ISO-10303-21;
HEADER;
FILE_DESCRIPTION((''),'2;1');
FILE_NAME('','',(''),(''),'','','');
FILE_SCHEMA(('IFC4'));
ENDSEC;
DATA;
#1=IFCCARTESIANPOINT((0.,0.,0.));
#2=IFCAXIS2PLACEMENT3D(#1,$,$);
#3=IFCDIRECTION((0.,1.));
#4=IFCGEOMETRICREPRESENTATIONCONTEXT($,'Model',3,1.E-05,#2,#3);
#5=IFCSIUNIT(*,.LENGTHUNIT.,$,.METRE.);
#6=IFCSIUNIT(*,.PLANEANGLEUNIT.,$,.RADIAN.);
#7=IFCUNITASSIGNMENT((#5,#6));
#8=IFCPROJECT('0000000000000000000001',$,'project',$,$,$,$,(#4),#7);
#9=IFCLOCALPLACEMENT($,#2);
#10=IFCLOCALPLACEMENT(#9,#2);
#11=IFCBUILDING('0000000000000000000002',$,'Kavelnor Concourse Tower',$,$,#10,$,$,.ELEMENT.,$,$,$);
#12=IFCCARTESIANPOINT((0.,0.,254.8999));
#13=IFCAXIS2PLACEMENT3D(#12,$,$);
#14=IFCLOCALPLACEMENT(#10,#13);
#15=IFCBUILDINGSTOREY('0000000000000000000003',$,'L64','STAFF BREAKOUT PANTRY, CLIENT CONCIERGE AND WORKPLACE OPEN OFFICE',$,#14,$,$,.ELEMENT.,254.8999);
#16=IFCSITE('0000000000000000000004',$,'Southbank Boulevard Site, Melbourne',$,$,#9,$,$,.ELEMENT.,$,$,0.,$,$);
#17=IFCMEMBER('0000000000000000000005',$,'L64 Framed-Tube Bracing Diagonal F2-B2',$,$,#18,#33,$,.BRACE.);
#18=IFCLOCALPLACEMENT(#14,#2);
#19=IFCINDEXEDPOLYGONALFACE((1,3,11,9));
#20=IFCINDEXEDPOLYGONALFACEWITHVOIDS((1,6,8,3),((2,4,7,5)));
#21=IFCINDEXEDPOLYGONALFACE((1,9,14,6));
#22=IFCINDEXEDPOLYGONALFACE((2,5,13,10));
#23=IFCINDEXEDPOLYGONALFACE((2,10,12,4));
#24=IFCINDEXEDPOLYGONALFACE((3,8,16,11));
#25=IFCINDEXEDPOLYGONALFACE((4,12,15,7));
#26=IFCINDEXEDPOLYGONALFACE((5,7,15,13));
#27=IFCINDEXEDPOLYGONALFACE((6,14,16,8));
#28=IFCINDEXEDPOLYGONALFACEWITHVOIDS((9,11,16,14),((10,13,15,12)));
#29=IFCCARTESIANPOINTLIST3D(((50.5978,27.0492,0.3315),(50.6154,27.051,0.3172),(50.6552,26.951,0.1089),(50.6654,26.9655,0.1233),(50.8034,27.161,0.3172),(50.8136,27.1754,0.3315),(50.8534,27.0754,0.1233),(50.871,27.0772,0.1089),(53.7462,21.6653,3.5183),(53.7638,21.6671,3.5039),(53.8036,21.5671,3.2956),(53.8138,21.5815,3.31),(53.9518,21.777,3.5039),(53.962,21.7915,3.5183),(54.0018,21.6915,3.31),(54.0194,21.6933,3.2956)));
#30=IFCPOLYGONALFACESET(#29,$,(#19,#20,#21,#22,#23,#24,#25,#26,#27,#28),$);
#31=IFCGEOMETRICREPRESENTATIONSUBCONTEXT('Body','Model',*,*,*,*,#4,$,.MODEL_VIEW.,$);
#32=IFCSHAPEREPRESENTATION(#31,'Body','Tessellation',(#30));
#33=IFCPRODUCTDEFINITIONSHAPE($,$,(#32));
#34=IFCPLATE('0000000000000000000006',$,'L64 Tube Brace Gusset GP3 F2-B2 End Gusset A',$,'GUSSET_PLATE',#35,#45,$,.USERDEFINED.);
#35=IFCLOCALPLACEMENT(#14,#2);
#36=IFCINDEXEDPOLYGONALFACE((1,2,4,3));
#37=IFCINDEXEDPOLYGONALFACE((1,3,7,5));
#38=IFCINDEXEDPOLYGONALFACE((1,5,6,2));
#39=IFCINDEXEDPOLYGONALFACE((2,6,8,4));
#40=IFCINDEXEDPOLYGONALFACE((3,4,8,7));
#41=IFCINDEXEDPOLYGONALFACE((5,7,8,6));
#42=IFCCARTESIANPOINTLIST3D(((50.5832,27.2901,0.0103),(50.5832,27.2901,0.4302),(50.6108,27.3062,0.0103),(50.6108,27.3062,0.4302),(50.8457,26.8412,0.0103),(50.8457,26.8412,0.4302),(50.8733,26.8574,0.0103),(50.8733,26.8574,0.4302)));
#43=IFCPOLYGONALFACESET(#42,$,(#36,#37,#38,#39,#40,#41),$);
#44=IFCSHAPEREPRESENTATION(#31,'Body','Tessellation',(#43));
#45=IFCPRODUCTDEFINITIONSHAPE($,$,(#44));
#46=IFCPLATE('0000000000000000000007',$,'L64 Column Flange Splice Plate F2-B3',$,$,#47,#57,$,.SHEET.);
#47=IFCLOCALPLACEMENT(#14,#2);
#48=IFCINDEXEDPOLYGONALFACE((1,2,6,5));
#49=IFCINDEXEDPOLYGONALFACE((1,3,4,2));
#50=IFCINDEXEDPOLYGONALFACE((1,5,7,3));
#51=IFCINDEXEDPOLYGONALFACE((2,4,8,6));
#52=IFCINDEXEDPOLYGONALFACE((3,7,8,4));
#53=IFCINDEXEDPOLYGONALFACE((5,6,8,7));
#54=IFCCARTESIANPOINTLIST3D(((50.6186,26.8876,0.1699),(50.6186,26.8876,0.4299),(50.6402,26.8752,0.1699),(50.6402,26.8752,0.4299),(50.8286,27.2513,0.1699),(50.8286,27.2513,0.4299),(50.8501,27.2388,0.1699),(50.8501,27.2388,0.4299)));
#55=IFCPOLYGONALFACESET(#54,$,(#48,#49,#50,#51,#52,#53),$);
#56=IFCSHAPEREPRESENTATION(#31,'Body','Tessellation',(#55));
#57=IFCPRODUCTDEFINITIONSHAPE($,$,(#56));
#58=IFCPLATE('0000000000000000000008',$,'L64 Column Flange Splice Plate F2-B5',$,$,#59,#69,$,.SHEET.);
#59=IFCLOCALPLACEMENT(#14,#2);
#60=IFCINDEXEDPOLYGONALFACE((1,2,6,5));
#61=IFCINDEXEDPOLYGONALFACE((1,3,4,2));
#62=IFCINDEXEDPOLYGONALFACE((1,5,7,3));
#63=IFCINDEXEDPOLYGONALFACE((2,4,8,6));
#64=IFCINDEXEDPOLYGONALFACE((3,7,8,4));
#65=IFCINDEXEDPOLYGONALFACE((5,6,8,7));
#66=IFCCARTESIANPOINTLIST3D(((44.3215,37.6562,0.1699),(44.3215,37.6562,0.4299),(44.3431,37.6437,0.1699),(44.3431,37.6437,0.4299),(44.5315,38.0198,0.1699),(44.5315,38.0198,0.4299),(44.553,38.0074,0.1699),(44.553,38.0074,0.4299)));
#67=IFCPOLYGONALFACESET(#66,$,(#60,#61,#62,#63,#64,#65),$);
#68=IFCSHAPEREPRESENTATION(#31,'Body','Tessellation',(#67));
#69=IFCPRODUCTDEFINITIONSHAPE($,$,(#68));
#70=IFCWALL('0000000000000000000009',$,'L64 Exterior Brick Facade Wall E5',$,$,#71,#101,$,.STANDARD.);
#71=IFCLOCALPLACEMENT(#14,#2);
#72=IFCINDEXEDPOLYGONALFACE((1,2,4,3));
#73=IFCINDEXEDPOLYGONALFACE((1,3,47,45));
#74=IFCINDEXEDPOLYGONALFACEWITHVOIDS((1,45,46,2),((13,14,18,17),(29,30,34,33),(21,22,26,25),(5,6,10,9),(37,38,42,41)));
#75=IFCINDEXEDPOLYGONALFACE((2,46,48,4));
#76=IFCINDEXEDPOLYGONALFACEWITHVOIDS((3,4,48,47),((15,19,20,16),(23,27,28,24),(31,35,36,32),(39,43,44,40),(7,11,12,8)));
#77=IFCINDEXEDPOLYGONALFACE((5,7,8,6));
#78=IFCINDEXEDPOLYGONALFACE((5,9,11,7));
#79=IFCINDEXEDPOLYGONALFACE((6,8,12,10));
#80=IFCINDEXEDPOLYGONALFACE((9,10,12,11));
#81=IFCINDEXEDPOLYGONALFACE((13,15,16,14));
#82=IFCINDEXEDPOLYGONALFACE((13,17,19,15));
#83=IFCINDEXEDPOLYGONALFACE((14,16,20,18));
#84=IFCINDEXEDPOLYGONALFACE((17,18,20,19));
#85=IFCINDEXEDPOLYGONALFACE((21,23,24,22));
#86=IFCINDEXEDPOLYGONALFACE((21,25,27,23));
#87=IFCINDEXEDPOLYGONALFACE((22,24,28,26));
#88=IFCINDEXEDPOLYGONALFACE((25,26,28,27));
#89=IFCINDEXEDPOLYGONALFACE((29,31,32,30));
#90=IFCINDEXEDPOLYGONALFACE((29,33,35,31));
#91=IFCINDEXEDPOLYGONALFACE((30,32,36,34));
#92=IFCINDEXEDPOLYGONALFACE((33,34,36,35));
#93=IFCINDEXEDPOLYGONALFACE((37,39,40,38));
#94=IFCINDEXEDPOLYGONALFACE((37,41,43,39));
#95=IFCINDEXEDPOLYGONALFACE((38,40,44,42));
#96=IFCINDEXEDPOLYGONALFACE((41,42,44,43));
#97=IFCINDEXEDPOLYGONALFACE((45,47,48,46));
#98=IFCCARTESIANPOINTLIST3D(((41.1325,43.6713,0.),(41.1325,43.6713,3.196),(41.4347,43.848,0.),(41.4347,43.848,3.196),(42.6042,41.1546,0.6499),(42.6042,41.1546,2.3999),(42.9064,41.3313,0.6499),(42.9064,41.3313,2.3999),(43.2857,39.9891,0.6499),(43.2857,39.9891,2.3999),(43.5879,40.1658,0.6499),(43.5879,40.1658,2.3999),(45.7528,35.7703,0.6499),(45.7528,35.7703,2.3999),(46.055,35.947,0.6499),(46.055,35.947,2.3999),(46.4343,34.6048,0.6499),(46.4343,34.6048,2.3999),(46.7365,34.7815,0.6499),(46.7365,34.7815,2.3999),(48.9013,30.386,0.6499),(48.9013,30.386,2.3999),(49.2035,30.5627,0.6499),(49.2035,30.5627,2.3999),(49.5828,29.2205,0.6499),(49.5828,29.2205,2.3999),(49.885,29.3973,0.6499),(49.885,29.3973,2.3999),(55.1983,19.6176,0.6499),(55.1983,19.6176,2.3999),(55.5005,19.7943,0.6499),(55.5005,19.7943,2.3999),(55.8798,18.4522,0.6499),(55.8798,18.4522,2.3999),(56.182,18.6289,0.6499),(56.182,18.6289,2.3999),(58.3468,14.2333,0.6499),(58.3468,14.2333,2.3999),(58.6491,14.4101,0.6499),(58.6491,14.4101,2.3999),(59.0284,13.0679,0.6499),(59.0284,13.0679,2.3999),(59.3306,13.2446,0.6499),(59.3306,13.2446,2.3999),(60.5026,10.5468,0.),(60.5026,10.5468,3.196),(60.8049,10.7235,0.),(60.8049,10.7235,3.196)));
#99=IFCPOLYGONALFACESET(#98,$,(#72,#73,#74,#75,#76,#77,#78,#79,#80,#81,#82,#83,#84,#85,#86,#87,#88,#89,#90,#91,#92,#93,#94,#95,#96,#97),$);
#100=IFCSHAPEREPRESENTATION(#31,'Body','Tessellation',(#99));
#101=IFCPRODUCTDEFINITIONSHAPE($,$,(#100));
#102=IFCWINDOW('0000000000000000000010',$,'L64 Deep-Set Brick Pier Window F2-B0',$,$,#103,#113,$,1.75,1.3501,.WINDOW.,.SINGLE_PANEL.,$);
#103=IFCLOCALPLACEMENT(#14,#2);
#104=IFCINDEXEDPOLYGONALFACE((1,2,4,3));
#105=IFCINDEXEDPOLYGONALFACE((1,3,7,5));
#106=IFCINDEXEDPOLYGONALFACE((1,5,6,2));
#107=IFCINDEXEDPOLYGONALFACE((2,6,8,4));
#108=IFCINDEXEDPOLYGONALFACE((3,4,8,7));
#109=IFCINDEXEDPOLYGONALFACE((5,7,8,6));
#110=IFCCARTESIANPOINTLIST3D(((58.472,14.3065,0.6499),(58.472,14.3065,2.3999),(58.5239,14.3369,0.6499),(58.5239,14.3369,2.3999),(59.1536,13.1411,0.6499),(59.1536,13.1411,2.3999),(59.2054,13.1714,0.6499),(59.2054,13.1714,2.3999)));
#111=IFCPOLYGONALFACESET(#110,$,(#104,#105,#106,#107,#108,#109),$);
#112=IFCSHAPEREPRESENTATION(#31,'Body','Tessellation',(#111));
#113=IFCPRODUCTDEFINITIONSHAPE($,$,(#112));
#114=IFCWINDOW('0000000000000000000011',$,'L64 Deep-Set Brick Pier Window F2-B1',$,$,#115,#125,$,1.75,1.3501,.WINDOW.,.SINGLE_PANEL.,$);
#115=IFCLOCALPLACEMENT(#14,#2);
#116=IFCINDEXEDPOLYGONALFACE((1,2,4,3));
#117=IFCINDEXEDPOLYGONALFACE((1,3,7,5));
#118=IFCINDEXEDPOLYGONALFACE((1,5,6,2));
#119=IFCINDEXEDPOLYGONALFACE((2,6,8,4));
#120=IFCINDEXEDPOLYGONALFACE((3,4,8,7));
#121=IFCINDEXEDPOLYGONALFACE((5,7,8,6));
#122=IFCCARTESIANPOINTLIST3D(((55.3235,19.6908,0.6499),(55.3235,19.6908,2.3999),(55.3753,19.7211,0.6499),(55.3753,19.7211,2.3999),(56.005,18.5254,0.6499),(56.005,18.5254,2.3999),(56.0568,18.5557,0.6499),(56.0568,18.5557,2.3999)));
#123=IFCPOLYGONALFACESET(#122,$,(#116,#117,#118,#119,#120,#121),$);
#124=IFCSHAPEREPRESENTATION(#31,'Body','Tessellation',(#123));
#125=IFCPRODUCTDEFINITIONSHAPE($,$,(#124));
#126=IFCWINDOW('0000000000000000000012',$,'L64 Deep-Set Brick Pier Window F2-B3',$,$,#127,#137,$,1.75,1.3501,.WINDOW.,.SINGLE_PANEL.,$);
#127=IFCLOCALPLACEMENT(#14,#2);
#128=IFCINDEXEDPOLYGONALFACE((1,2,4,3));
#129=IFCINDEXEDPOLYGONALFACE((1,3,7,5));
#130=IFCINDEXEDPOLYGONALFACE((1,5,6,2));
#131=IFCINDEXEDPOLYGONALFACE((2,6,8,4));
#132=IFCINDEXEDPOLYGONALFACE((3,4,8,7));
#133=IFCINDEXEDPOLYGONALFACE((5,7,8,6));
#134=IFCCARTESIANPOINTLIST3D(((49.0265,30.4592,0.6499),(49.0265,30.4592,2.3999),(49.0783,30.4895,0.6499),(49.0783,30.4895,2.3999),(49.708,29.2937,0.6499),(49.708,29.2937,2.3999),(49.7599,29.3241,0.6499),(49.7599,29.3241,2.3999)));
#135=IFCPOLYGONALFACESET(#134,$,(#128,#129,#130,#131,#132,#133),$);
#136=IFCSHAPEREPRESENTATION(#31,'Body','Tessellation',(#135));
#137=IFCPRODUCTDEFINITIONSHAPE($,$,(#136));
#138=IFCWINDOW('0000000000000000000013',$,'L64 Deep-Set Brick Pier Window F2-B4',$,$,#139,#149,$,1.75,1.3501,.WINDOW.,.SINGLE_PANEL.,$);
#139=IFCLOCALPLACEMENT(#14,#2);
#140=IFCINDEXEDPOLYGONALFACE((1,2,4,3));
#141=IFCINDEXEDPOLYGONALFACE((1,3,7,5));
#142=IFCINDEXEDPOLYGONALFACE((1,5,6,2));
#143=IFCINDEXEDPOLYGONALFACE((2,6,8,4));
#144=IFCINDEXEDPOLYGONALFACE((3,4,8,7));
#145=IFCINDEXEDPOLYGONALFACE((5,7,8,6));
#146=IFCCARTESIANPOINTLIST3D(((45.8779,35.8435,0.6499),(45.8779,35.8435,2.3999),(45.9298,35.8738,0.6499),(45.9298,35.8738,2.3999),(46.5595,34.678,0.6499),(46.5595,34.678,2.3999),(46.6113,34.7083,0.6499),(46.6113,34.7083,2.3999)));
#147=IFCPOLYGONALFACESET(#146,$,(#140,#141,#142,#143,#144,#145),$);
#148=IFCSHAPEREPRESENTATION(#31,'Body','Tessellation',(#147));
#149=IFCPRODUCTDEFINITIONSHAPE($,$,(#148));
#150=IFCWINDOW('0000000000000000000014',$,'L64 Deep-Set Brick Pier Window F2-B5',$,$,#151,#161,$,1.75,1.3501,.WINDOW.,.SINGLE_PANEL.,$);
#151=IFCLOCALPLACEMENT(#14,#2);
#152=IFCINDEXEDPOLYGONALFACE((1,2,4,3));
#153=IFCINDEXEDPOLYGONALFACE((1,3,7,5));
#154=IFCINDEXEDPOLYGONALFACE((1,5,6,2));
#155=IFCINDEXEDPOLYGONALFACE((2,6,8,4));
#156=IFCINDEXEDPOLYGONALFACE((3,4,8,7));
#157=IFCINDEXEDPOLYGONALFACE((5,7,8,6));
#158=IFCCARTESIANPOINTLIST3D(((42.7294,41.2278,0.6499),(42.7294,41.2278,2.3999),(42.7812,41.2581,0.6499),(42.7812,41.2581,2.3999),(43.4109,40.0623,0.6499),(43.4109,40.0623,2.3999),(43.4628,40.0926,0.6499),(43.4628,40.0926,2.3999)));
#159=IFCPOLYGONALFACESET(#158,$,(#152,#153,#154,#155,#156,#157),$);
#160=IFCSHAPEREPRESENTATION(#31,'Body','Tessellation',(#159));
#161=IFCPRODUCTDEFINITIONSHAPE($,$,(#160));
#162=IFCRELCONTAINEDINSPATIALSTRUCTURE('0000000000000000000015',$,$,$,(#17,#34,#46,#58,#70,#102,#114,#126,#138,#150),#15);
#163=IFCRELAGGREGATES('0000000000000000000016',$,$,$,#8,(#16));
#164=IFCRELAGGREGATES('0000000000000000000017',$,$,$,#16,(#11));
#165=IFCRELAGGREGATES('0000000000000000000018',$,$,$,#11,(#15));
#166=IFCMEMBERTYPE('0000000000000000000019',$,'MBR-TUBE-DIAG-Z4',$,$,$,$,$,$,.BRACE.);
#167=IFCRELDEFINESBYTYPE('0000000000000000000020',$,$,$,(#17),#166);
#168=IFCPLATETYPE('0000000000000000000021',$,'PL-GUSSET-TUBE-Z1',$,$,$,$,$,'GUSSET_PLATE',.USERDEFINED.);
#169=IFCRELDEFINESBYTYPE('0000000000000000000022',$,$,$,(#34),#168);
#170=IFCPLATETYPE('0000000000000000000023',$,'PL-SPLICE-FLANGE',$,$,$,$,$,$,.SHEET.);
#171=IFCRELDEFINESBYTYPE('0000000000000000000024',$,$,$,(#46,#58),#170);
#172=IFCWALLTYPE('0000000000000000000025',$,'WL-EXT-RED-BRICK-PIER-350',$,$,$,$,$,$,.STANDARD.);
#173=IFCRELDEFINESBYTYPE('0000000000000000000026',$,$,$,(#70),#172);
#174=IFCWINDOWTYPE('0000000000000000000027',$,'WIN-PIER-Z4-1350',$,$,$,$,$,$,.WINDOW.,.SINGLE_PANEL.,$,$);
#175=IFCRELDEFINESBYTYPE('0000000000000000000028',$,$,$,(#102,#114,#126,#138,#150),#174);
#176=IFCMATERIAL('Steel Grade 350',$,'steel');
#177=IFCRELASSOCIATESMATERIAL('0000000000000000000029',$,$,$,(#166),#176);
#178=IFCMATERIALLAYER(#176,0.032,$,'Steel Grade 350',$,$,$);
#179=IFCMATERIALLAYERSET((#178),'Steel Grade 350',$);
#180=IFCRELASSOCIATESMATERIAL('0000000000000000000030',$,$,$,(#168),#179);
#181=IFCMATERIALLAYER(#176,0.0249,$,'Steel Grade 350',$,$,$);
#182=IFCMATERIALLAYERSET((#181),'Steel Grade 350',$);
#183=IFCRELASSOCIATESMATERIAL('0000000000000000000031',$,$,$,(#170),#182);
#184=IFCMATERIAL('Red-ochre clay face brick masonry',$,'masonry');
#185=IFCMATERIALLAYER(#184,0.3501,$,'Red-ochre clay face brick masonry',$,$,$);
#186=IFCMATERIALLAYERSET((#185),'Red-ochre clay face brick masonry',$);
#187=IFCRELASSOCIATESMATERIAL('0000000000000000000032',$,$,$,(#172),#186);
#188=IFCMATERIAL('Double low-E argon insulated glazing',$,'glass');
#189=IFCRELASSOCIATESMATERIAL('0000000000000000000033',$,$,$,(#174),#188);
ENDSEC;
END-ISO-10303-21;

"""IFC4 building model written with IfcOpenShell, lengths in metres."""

from ifc_helpers import new_model, si_unit, direction, frame, frame_2d, origin, origin_2d, place, context, subcontext, project, spatial, rectangle, hollow_rectangle, extrude, material, layer, layer_set, material_profile, profile_set, type_object, element, fill, save


model = new_model("IFC4")

# Units and contexts
model_context = context("Model", 3, precision=1e-05, world=origin(), true_north=direction((0.0, 1.0)))
body_context = subcontext(model_context, "Body", "Model", "MODEL_VIEW")
ifc_project = project(units=[si_unit("LENGTHUNIT", "METRE"), si_unit("PLANEANGLEUNIT", "RADIAN")], contexts=[model_context])

# Site, building, storey
site_placement = place(None, origin())
site = spatial("IfcSite", under=ifc_project, at=site_placement, Name="Southbank Boulevard Site, Melbourne", CompositionType="ELEMENT", RefElevation=0.0)
building_placement = place(site_placement, origin())
building = spatial("IfcBuilding", under=site, at=building_placement, Name="Kavelnor Concourse Tower", CompositionType="ELEMENT")
storey_placement = place(building_placement, frame((0.0, 0.0, 254.8999)))
storey = spatial("IfcBuildingStorey", under=building, at=storey_placement, Name="L64", Description="STAFF BREAKOUT PANTRY, CLIENT CONCIERGE AND WORKPLACE OPEN OFFICE", CompositionType="ELEMENT", Elevation=254.8999)

# Shared definitions
ifc_material_1 = material(Name="Steel Grade 350", Category="steel")

# Member
ifc_material_profile_1 = material_profile(ifc_material_1, hollow_rectangle(XDim=0.25, YDim=0.25, WallThickness=0.0161, at=origin_2d()), Name="SHS 250x250x16")
ifc_profile_set_1 = profile_set([ifc_material_profile_1], Name="Steel Grade 350")
member_type = type_object("IfcMemberType", Name="MBR-TUBE-DIAG-Z4", PredefinedType="BRACE", material=ifc_profile_set_1)
member_placement = place(storey_placement, frame((50.7344, 27.0632, 0.2202), z_axis=(0.44952, -0.768709, 0.454993), x_axis=(0.863237, 0.504798, 0.0)))
element("IfcMember", 1, at=member_placement, inside=storey, type_object=member_type, Name="L64 Framed-Tube Bracing Diagonal F2-B2", PredefinedType="BRACE", context=body_context, shape_type="SweptSolid", body=[
    extrude(hollow_rectangle(XDim=0.25, YDim=0.25, WallThickness=0.0161, at=origin_2d()), origin(), (0.0, 0.0, 1.0), 7.0039),
])

# Plates
ifc_layer_1 = layer(ifc_material_1, 0.032, Name="Steel Grade 350")
ifc_layer_set_1 = layer_set([ifc_layer_1], Name="Steel Grade 350")
plate_type_1 = type_object("IfcPlateType", Name="PL-GUSSET-TUBE-Z1", ElementType="GUSSET_PLATE", PredefinedType="USERDEFINED", material=ifc_layer_set_1)
plate_placement = place(storey_placement, frame((50.7283, 27.0737, 0.0103), z_axis=(0.0, 0.0, 1.0), x_axis=(0.504829, -0.863219, 0.0)))
element("IfcPlate", 2, at=plate_placement, inside=storey, type_object=plate_type_1, Name="L64 Tube Brace Gusset GP3 F2-B2 End Gusset A", ObjectType="GUSSET_PLATE", PredefinedType="USERDEFINED", context=body_context, shape_type="SweptSolid", body=[
    extrude(rectangle(XDim=0.52, YDim=0.032, at=origin_2d()), origin(), (0.0, 0.0, 1.0), 0.4199),
])
ifc_layer_2 = layer(ifc_material_1, 0.0249, Name="Steel Grade 350")
ifc_layer_set_2 = layer_set([ifc_layer_2], Name="Steel Grade 350")
plate_type_2 = type_object("IfcPlateType", Name="PL-SPLICE-FLANGE", PredefinedType="SHEET", material=ifc_layer_set_2)
for number, where, z_axis, x_axis, name in (
    (3, (50.7344, 27.0632, 0.1699), (0.0, 0.0, 1.0), (-0.5, -0.866025, 0.0), "L64 Column Flange Splice Plate F2-B3"),
    (4, (44.4373, 37.8318, 0.1699), (0.0, 0.0, 1.0), (-0.5, -0.866025, 0.0), "L64 Column Flange Splice Plate F2-B5"),
):
    element("IfcPlate", number, at=place(storey_placement, frame(where, z_axis=z_axis, x_axis=x_axis)), inside=storey, type_object=plate_type_2, Name=name, PredefinedType="SHEET", context=body_context, shape_type="SweptSolid", body=[
        extrude(rectangle(XDim=0.4199, YDim=0.0249, at=origin_2d()), origin(), (0.0, 0.0, 1.0), 0.26),
    ])

# Wall, openings, windows
ifc_material_2 = material(Name="Red-ochre clay face brick masonry", Category="masonry")
ifc_layer_3 = layer(ifc_material_2, 0.3501, Name="Red-ochre clay face brick masonry")
ifc_layer_set_3 = layer_set([ifc_layer_3], Name="Red-ochre clay face brick masonry")
wall_type_1 = type_object("IfcWallType", Name="WL-EXT-RED-BRICK-PIER-350", PredefinedType="STANDARD", material=ifc_layer_set_3)
wall_1_placement = place(storey_placement, frame((41.2837, 43.7595, 0.0), z_axis=(0.0, 0.0, 1.0), x_axis=(0.504794, -0.86324, 0.0)))
wall_1 = element("IfcWall", 5, at=wall_1_placement, inside=storey, type_object=wall_type_1, Name="L64 Exterior Brick Facade Wall E5", PredefinedType="STANDARD", context=body_context, shape_type="SweptSolid", body=[
    extrude(rectangle(XDim=38.3723, YDim=0.3501, at=frame_2d((19.186, 0.0))), origin(), (0.0, 0.0, 1.0), 3.196),
])
opening_1_placement = place(wall_1_placement, frame((34.1016, 0.0, 0.6499)))
opening_1 = element("IfcOpeningElement", 6, at=opening_1_placement, cuts=wall_1, PredefinedType="OPENING", context=body_context, shape_type="SweptSolid", body=[
    extrude(rectangle(XDim=1.3501, YDim=1.75, at=frame_2d((0.675, 0.875))), frame((0.0, 0.1851, 0.0), z_axis=(0.0, -1.0, 0.0), x_axis=(1.0, 0.0, 0.0)), (0.0, 0.0, 1.0), 0.3701),
])
opening_2_placement = place(wall_1_placement, frame((27.8643, 0.0, 0.6499)))
opening_2 = element("IfcOpeningElement", 7, at=opening_2_placement, cuts=wall_1, PredefinedType="OPENING", context=body_context, shape_type="SweptSolid", body=[
    extrude(rectangle(XDim=1.3501, YDim=1.75, at=frame_2d((0.675, 0.875))), frame((0.0, 0.1851, 0.0), z_axis=(0.0, -1.0, 0.0), x_axis=(1.0, 0.0, 0.0)), (0.0, 0.0, 1.0), 0.3701),
])
opening_3_placement = place(wall_1_placement, frame((15.3899, 0.0, 0.6499)))
opening_3 = element("IfcOpeningElement", 8, at=opening_3_placement, cuts=wall_1, PredefinedType="OPENING", context=body_context, shape_type="SweptSolid", body=[
    extrude(rectangle(XDim=1.3501, YDim=1.75, at=frame_2d((0.675, 0.875))), frame((0.0, 0.1851, 0.0), z_axis=(0.0, -1.0, 0.0), x_axis=(1.0, 0.0, 0.0)), (0.0, 0.0, 1.0), 0.3701),
])
opening_4_placement = place(wall_1_placement, frame((9.1526, 0.0, 0.6499)))
opening_4 = element("IfcOpeningElement", 9, at=opening_4_placement, cuts=wall_1, PredefinedType="OPENING", context=body_context, shape_type="SweptSolid", body=[
    extrude(rectangle(XDim=1.3501, YDim=1.75, at=frame_2d((0.675, 0.875))), frame((0.0, 0.1851, 0.0), z_axis=(0.0, -1.0, 0.0), x_axis=(1.0, 0.0, 0.0)), (0.0, 0.0, 1.0), 0.3701),
])
opening_5_placement = place(wall_1_placement, frame((2.9153, 0.0, 0.6499)))
opening_5 = element("IfcOpeningElement", 10, at=opening_5_placement, cuts=wall_1, PredefinedType="OPENING", context=body_context, shape_type="SweptSolid", body=[
    extrude(rectangle(XDim=1.3501, YDim=1.75, at=frame_2d((0.675, 0.875))), frame((0.0, 0.1851, 0.0), z_axis=(0.0, -1.0, 0.0), x_axis=(1.0, 0.0, 0.0)), (0.0, 0.0, 1.0), 0.3701),
])
ifc_material_3 = material(Name="Double low-E argon insulated glazing", Category="glass")
window_type = type_object("IfcWindowType", Name="WIN-PIER-Z4-1350", PartitioningType="SINGLE_PANEL", PredefinedType="WINDOW", material=ifc_material_3)
window_1_placement = place(opening_1_placement, origin())
window_1 = element("IfcWindow", 11, at=window_1_placement, inside=storey, type_object=window_type, Name="L64 Deep-Set Brick Pier Window F2-B0", OverallHeight=1.75, OverallWidth=1.3501, PartitioningType="SINGLE_PANEL", PredefinedType="WINDOW", context=body_context, shape_type="SweptSolid", body=[
    extrude(rectangle(XDim=1.3501, YDim=1.75, at=frame_2d((0.675, 0.875))), frame((0.0, 0.03, 0.0), z_axis=(0.0, -1.0, 0.0), x_axis=(1.0, 0.0, 0.0)), (0.0, 0.0, 1.0), 0.0601),
])
fill(opening_1, window_1)
window_2_placement = place(opening_2_placement, origin())
window_2 = element("IfcWindow", 12, at=window_2_placement, inside=storey, type_object=window_type, Name="L64 Deep-Set Brick Pier Window F2-B1", OverallHeight=1.75, OverallWidth=1.3501, PartitioningType="SINGLE_PANEL", PredefinedType="WINDOW", context=body_context, shape_type="SweptSolid", body=[
    extrude(rectangle(XDim=1.3501, YDim=1.75, at=frame_2d((0.675, 0.875))), frame((0.0, 0.03, 0.0), z_axis=(0.0, -1.0, 0.0), x_axis=(1.0, 0.0, 0.0)), (0.0, 0.0, 1.0), 0.0601),
])
fill(opening_2, window_2)
window_3_placement = place(opening_3_placement, origin())
window_3 = element("IfcWindow", 13, at=window_3_placement, inside=storey, type_object=window_type, Name="L64 Deep-Set Brick Pier Window F2-B3", OverallHeight=1.75, OverallWidth=1.3501, PartitioningType="SINGLE_PANEL", PredefinedType="WINDOW", context=body_context, shape_type="SweptSolid", body=[
    extrude(rectangle(XDim=1.3501, YDim=1.75, at=frame_2d((0.675, 0.875))), frame((0.0, 0.03, 0.0), z_axis=(0.0, -1.0, 0.0), x_axis=(1.0, 0.0, 0.0)), (0.0, 0.0, 1.0), 0.0601),
])
fill(opening_3, window_3)
window_4_placement = place(opening_4_placement, origin())
window_4 = element("IfcWindow", 14, at=window_4_placement, inside=storey, type_object=window_type, Name="L64 Deep-Set Brick Pier Window F2-B4", OverallHeight=1.75, OverallWidth=1.3501, PartitioningType="SINGLE_PANEL", PredefinedType="WINDOW", context=body_context, shape_type="SweptSolid", body=[
    extrude(rectangle(XDim=1.3501, YDim=1.75, at=frame_2d((0.675, 0.875))), frame((0.0, 0.03, 0.0), z_axis=(0.0, -1.0, 0.0), x_axis=(1.0, 0.0, 0.0)), (0.0, 0.0, 1.0), 0.0601),
])
fill(opening_4, window_4)
window_5_placement = place(opening_5_placement, origin())
window_5 = element("IfcWindow", 15, at=window_5_placement, inside=storey, type_object=window_type, Name="L64 Deep-Set Brick Pier Window F2-B5", OverallHeight=1.75, OverallWidth=1.3501, PartitioningType="SINGLE_PANEL", PredefinedType="WINDOW", context=body_context, shape_type="SweptSolid", body=[
    extrude(rectangle(XDim=1.3501, YDim=1.75, at=frame_2d((0.675, 0.875))), frame((0.0, 0.03, 0.0), z_axis=(0.0, -1.0, 0.0), x_axis=(1.0, 0.0, 0.0)), (0.0, 0.0, 1.0), 0.0601),
])
fill(opening_5, window_5)

save(model, "model.ifc")
